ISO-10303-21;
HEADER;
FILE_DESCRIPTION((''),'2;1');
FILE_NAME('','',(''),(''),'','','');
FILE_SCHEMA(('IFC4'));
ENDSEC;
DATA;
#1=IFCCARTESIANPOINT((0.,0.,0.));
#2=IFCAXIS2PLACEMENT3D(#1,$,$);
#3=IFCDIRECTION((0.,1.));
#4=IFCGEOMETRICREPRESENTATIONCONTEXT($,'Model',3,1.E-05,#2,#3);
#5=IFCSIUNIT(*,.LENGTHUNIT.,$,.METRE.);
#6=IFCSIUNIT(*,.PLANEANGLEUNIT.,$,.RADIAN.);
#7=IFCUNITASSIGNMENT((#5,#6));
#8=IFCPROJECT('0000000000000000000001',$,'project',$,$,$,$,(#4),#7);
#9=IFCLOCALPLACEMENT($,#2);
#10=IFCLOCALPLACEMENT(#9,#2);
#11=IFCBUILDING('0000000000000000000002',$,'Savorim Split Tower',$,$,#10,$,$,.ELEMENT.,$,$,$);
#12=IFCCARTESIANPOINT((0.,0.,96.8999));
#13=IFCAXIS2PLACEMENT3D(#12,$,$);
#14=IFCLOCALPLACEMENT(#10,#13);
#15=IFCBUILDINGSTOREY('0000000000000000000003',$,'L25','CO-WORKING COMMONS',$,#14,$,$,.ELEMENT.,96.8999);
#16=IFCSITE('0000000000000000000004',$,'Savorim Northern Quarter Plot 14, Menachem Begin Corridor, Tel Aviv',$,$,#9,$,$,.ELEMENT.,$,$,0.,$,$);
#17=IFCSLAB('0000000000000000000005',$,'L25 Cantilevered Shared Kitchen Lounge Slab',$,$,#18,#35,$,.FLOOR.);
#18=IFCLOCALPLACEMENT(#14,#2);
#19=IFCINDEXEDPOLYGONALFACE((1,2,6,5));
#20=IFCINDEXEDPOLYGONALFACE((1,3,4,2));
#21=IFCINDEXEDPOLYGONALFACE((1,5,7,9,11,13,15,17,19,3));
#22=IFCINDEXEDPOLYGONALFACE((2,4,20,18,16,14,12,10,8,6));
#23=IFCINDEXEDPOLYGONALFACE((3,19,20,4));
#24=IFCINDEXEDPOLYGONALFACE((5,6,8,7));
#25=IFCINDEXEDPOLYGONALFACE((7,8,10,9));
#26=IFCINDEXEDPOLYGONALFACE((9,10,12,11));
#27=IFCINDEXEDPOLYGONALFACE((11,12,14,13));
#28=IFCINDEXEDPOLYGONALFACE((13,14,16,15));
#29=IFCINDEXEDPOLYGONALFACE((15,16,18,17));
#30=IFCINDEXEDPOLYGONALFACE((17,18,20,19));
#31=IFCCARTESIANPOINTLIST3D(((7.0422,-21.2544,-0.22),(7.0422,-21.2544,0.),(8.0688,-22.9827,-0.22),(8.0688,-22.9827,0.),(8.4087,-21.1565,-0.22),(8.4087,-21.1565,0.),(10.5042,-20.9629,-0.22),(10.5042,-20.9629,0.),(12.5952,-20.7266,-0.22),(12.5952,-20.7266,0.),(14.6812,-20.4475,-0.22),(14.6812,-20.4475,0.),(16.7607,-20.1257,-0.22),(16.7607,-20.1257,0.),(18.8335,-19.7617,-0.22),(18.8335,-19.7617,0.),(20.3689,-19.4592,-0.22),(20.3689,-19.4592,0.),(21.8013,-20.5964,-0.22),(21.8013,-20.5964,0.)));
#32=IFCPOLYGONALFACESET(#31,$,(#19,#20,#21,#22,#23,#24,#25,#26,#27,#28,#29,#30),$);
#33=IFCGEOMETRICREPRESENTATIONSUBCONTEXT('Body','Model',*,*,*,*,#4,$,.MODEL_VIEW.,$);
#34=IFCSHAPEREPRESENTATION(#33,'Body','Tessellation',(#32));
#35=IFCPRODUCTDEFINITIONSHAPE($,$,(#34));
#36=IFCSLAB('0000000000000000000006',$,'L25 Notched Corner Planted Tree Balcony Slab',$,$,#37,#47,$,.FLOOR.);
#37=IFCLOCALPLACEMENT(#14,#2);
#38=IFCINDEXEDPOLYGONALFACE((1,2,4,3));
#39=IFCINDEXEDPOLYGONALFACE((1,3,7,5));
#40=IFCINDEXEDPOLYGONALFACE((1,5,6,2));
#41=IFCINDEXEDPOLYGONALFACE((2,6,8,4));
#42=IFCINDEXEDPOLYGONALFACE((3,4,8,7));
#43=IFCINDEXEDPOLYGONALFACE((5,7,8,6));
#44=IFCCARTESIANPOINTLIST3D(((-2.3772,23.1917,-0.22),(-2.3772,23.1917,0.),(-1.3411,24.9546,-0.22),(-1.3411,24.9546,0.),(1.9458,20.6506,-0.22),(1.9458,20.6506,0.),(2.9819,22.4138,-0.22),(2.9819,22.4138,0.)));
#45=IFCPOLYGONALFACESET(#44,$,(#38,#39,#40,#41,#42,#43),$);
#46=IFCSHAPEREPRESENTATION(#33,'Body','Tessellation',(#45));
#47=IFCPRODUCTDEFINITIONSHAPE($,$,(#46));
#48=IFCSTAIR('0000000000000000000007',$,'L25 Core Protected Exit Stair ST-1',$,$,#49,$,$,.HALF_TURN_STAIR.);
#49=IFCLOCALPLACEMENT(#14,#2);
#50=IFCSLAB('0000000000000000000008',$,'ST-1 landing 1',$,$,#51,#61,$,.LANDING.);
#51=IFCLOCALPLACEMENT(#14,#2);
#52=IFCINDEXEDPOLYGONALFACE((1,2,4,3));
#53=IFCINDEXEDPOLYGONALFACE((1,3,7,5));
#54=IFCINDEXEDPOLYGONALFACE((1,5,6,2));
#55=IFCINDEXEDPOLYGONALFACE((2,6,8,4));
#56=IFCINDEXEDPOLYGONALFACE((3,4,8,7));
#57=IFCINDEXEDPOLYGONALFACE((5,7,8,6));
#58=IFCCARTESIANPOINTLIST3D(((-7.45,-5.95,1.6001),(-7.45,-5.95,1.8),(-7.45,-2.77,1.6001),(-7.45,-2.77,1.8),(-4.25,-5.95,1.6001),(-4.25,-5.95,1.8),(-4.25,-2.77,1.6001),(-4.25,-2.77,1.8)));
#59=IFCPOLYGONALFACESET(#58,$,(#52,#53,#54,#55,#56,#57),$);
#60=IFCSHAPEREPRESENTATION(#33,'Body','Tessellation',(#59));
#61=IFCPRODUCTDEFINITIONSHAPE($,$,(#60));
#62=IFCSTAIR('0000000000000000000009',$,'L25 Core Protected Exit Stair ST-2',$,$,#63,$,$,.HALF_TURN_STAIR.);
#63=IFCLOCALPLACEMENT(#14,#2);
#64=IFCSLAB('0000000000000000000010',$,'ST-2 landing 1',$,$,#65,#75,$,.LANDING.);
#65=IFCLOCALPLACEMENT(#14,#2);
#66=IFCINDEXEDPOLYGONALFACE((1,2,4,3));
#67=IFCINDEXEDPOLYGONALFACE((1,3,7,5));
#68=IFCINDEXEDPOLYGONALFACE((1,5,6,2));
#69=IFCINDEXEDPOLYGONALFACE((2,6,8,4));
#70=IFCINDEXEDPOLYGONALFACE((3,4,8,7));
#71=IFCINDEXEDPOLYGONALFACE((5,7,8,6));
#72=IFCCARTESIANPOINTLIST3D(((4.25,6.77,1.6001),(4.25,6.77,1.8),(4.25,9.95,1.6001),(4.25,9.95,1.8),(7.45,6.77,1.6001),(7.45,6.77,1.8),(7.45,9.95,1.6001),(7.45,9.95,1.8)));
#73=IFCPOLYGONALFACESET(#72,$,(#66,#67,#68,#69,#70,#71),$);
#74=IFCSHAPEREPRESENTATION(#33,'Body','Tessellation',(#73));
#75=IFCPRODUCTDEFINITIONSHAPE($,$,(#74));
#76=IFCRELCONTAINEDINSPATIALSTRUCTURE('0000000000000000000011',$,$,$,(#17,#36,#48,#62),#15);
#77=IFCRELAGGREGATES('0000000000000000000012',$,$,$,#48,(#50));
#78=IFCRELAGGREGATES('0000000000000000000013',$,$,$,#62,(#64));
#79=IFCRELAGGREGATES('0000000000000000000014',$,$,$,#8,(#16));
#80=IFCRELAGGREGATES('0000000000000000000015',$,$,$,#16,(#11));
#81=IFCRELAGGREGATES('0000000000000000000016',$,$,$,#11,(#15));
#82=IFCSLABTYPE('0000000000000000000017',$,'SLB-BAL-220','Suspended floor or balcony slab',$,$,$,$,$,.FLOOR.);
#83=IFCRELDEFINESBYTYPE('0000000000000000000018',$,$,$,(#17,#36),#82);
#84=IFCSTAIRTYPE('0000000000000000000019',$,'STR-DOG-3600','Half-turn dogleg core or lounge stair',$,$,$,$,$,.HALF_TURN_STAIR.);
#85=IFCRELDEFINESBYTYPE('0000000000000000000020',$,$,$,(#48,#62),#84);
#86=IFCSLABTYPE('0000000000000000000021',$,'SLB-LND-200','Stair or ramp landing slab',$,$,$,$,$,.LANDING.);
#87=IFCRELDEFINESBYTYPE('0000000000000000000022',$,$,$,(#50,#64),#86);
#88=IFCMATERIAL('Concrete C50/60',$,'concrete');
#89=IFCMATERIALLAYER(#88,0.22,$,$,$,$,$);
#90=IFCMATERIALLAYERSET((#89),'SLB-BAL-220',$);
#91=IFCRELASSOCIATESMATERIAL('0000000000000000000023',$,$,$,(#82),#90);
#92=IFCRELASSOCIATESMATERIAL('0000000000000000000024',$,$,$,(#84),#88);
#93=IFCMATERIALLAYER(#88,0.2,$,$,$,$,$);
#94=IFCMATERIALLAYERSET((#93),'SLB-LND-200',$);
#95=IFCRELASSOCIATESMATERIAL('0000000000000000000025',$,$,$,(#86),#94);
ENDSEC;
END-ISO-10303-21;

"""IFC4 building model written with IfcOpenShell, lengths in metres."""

from ifc_helpers import new_model, si_unit, direction, frame, origin, place, context, subcontext, project, spatial, polyline, outline, extrude, material, layer, layer_set, type_object, element, aggregate, save


model = new_model("IFC4")

# Units and contexts
model_context = context("Model", 3, precision=1e-05, world=origin(), true_north=direction((0.0, 1.0)))
body_context = subcontext(model_context, "Body", "Model", "MODEL_VIEW")
ifc_project = project(units=[si_unit("LENGTHUNIT", "METRE"), si_unit("PLANEANGLEUNIT", "RADIAN")], contexts=[model_context])

# Site, building, storey
site_placement = place(None, origin())
site = spatial("IfcSite", under=ifc_project, at=site_placement, Name="Savorim Northern Quarter Plot 14, Menachem Begin Corridor, Tel Aviv", CompositionType="ELEMENT", RefElevation=0.0)
building_placement = place(site_placement, origin())
building = spatial("IfcBuilding", under=site, at=building_placement, Name="Savorim Split Tower", CompositionType="ELEMENT")
storey_placement = place(building_placement, frame((0.0, 0.0, 96.8999)))
storey = spatial("IfcBuildingStorey", under=building, at=storey_placement, Name="L25", Description="CO-WORKING COMMONS", CompositionType="ELEMENT", Elevation=96.8999)

# Slabs
ifc_material_1 = material(Name="Concrete C50/60", Category="concrete")
ifc_layer_1 = layer(ifc_material_1, 0.22)
ifc_layer_set_1 = layer_set([ifc_layer_1], Name="SLB-BAL-220")
slab_type_1 = type_object("IfcSlabType", Name="SLB-BAL-220", Description="Suspended floor or balcony slab", PredefinedType="FLOOR", material=ifc_layer_set_1)
slab_1_placement = place(storey_placement, frame((0.0, 0.0, -0.22)))
element("IfcSlab", 1, at=slab_1_placement, inside=storey, type_object=slab_type_1, Name="L25 Cantilevered Shared Kitchen Lounge Slab", PredefinedType="FLOOR", context=body_context, shape_type="SweptSolid", body=[
    extrude(outline(polyline([(20.3689, -19.4592), (18.8335, -19.7617), (16.7607, -20.1257), (14.6812, -20.4475), (12.5952, -20.7266), (10.5042, -20.9629), (8.4087, -21.1565), (7.0422, -21.2544), (8.0688, -22.9827), (21.8013, -20.5964), (20.3689, -19.4592)])), origin(), (0.0, 0.0, 1.0), 0.22),
])
slab_2_placement = place(storey_placement, frame((0.0, 0.0, -0.22)))
element("IfcSlab", 2, at=slab_2_placement, inside=storey, type_object=slab_type_1, Name="L25 Notched Corner Planted Tree Balcony Slab", PredefinedType="FLOOR", context=body_context, shape_type="SweptSolid", body=[
    extrude(outline(polyline([(-2.3772, 23.1917), (1.9458, 20.6506), (2.9819, 22.4138), (-1.3411, 24.9546), (-2.3772, 23.1917)])), origin(), (0.0, 0.0, 1.0), 0.22),
])

# Stairs, slabs
stair_type = type_object("IfcStairType", Name="STR-DOG-3600", Description="Half-turn dogleg core or lounge stair", PredefinedType="HALF_TURN_STAIR", material=ifc_material_1)
stair_1_placement = place(storey_placement, origin())
stair_1 = element("IfcStair", 3, at=stair_1_placement, inside=storey, type_object=stair_type, Name="L25 Core Protected Exit Stair ST-1", PredefinedType="HALF_TURN_STAIR")
ifc_layer_2 = layer(ifc_material_1, 0.2)
ifc_layer_set_2 = layer_set([ifc_layer_2], Name="SLB-LND-200")
slab_type_2 = type_object("IfcSlabType", Name="SLB-LND-200", Description="Stair or ramp landing slab", PredefinedType="LANDING", material=ifc_layer_set_2)
slab_3_placement = place(storey_placement, frame((0.0, 0.0, 1.6001)))
slab_3 = element("IfcSlab", 4, at=slab_3_placement, type_object=slab_type_2, Name="ST-1 landing 1", PredefinedType="LANDING", context=body_context, shape_type="SweptSolid", body=[
    extrude(outline(polyline([(-7.45, -2.77), (-7.45, -5.95), (-4.25, -5.95), (-4.25, -2.77), (-7.45, -2.77)])), origin(), (0.0, 0.0, 1.0), 0.2),
])
aggregate(stair_1, [slab_3])
stair_2_placement = place(storey_placement, origin())
stair_2 = element("IfcStair", 5, at=stair_2_placement, inside=storey, type_object=stair_type, Name="L25 Core Protected Exit Stair ST-2", PredefinedType="HALF_TURN_STAIR")
slab_4_placement = place(storey_placement, frame((0.0, 0.0, 1.6001)))
slab_4 = element("IfcSlab", 6, at=slab_4_placement, type_object=slab_type_2, Name="ST-2 landing 1", PredefinedType="LANDING", context=body_context, shape_type="SweptSolid", body=[
    extrude(outline(polyline([(7.45, 6.77), (7.45, 9.95), (4.25, 9.95), (4.25, 6.77), (7.45, 6.77)])), origin(), (0.0, 0.0, 1.0), 0.2),
])
aggregate(stair_2, [slab_4])

save(model, "model.ifc")
